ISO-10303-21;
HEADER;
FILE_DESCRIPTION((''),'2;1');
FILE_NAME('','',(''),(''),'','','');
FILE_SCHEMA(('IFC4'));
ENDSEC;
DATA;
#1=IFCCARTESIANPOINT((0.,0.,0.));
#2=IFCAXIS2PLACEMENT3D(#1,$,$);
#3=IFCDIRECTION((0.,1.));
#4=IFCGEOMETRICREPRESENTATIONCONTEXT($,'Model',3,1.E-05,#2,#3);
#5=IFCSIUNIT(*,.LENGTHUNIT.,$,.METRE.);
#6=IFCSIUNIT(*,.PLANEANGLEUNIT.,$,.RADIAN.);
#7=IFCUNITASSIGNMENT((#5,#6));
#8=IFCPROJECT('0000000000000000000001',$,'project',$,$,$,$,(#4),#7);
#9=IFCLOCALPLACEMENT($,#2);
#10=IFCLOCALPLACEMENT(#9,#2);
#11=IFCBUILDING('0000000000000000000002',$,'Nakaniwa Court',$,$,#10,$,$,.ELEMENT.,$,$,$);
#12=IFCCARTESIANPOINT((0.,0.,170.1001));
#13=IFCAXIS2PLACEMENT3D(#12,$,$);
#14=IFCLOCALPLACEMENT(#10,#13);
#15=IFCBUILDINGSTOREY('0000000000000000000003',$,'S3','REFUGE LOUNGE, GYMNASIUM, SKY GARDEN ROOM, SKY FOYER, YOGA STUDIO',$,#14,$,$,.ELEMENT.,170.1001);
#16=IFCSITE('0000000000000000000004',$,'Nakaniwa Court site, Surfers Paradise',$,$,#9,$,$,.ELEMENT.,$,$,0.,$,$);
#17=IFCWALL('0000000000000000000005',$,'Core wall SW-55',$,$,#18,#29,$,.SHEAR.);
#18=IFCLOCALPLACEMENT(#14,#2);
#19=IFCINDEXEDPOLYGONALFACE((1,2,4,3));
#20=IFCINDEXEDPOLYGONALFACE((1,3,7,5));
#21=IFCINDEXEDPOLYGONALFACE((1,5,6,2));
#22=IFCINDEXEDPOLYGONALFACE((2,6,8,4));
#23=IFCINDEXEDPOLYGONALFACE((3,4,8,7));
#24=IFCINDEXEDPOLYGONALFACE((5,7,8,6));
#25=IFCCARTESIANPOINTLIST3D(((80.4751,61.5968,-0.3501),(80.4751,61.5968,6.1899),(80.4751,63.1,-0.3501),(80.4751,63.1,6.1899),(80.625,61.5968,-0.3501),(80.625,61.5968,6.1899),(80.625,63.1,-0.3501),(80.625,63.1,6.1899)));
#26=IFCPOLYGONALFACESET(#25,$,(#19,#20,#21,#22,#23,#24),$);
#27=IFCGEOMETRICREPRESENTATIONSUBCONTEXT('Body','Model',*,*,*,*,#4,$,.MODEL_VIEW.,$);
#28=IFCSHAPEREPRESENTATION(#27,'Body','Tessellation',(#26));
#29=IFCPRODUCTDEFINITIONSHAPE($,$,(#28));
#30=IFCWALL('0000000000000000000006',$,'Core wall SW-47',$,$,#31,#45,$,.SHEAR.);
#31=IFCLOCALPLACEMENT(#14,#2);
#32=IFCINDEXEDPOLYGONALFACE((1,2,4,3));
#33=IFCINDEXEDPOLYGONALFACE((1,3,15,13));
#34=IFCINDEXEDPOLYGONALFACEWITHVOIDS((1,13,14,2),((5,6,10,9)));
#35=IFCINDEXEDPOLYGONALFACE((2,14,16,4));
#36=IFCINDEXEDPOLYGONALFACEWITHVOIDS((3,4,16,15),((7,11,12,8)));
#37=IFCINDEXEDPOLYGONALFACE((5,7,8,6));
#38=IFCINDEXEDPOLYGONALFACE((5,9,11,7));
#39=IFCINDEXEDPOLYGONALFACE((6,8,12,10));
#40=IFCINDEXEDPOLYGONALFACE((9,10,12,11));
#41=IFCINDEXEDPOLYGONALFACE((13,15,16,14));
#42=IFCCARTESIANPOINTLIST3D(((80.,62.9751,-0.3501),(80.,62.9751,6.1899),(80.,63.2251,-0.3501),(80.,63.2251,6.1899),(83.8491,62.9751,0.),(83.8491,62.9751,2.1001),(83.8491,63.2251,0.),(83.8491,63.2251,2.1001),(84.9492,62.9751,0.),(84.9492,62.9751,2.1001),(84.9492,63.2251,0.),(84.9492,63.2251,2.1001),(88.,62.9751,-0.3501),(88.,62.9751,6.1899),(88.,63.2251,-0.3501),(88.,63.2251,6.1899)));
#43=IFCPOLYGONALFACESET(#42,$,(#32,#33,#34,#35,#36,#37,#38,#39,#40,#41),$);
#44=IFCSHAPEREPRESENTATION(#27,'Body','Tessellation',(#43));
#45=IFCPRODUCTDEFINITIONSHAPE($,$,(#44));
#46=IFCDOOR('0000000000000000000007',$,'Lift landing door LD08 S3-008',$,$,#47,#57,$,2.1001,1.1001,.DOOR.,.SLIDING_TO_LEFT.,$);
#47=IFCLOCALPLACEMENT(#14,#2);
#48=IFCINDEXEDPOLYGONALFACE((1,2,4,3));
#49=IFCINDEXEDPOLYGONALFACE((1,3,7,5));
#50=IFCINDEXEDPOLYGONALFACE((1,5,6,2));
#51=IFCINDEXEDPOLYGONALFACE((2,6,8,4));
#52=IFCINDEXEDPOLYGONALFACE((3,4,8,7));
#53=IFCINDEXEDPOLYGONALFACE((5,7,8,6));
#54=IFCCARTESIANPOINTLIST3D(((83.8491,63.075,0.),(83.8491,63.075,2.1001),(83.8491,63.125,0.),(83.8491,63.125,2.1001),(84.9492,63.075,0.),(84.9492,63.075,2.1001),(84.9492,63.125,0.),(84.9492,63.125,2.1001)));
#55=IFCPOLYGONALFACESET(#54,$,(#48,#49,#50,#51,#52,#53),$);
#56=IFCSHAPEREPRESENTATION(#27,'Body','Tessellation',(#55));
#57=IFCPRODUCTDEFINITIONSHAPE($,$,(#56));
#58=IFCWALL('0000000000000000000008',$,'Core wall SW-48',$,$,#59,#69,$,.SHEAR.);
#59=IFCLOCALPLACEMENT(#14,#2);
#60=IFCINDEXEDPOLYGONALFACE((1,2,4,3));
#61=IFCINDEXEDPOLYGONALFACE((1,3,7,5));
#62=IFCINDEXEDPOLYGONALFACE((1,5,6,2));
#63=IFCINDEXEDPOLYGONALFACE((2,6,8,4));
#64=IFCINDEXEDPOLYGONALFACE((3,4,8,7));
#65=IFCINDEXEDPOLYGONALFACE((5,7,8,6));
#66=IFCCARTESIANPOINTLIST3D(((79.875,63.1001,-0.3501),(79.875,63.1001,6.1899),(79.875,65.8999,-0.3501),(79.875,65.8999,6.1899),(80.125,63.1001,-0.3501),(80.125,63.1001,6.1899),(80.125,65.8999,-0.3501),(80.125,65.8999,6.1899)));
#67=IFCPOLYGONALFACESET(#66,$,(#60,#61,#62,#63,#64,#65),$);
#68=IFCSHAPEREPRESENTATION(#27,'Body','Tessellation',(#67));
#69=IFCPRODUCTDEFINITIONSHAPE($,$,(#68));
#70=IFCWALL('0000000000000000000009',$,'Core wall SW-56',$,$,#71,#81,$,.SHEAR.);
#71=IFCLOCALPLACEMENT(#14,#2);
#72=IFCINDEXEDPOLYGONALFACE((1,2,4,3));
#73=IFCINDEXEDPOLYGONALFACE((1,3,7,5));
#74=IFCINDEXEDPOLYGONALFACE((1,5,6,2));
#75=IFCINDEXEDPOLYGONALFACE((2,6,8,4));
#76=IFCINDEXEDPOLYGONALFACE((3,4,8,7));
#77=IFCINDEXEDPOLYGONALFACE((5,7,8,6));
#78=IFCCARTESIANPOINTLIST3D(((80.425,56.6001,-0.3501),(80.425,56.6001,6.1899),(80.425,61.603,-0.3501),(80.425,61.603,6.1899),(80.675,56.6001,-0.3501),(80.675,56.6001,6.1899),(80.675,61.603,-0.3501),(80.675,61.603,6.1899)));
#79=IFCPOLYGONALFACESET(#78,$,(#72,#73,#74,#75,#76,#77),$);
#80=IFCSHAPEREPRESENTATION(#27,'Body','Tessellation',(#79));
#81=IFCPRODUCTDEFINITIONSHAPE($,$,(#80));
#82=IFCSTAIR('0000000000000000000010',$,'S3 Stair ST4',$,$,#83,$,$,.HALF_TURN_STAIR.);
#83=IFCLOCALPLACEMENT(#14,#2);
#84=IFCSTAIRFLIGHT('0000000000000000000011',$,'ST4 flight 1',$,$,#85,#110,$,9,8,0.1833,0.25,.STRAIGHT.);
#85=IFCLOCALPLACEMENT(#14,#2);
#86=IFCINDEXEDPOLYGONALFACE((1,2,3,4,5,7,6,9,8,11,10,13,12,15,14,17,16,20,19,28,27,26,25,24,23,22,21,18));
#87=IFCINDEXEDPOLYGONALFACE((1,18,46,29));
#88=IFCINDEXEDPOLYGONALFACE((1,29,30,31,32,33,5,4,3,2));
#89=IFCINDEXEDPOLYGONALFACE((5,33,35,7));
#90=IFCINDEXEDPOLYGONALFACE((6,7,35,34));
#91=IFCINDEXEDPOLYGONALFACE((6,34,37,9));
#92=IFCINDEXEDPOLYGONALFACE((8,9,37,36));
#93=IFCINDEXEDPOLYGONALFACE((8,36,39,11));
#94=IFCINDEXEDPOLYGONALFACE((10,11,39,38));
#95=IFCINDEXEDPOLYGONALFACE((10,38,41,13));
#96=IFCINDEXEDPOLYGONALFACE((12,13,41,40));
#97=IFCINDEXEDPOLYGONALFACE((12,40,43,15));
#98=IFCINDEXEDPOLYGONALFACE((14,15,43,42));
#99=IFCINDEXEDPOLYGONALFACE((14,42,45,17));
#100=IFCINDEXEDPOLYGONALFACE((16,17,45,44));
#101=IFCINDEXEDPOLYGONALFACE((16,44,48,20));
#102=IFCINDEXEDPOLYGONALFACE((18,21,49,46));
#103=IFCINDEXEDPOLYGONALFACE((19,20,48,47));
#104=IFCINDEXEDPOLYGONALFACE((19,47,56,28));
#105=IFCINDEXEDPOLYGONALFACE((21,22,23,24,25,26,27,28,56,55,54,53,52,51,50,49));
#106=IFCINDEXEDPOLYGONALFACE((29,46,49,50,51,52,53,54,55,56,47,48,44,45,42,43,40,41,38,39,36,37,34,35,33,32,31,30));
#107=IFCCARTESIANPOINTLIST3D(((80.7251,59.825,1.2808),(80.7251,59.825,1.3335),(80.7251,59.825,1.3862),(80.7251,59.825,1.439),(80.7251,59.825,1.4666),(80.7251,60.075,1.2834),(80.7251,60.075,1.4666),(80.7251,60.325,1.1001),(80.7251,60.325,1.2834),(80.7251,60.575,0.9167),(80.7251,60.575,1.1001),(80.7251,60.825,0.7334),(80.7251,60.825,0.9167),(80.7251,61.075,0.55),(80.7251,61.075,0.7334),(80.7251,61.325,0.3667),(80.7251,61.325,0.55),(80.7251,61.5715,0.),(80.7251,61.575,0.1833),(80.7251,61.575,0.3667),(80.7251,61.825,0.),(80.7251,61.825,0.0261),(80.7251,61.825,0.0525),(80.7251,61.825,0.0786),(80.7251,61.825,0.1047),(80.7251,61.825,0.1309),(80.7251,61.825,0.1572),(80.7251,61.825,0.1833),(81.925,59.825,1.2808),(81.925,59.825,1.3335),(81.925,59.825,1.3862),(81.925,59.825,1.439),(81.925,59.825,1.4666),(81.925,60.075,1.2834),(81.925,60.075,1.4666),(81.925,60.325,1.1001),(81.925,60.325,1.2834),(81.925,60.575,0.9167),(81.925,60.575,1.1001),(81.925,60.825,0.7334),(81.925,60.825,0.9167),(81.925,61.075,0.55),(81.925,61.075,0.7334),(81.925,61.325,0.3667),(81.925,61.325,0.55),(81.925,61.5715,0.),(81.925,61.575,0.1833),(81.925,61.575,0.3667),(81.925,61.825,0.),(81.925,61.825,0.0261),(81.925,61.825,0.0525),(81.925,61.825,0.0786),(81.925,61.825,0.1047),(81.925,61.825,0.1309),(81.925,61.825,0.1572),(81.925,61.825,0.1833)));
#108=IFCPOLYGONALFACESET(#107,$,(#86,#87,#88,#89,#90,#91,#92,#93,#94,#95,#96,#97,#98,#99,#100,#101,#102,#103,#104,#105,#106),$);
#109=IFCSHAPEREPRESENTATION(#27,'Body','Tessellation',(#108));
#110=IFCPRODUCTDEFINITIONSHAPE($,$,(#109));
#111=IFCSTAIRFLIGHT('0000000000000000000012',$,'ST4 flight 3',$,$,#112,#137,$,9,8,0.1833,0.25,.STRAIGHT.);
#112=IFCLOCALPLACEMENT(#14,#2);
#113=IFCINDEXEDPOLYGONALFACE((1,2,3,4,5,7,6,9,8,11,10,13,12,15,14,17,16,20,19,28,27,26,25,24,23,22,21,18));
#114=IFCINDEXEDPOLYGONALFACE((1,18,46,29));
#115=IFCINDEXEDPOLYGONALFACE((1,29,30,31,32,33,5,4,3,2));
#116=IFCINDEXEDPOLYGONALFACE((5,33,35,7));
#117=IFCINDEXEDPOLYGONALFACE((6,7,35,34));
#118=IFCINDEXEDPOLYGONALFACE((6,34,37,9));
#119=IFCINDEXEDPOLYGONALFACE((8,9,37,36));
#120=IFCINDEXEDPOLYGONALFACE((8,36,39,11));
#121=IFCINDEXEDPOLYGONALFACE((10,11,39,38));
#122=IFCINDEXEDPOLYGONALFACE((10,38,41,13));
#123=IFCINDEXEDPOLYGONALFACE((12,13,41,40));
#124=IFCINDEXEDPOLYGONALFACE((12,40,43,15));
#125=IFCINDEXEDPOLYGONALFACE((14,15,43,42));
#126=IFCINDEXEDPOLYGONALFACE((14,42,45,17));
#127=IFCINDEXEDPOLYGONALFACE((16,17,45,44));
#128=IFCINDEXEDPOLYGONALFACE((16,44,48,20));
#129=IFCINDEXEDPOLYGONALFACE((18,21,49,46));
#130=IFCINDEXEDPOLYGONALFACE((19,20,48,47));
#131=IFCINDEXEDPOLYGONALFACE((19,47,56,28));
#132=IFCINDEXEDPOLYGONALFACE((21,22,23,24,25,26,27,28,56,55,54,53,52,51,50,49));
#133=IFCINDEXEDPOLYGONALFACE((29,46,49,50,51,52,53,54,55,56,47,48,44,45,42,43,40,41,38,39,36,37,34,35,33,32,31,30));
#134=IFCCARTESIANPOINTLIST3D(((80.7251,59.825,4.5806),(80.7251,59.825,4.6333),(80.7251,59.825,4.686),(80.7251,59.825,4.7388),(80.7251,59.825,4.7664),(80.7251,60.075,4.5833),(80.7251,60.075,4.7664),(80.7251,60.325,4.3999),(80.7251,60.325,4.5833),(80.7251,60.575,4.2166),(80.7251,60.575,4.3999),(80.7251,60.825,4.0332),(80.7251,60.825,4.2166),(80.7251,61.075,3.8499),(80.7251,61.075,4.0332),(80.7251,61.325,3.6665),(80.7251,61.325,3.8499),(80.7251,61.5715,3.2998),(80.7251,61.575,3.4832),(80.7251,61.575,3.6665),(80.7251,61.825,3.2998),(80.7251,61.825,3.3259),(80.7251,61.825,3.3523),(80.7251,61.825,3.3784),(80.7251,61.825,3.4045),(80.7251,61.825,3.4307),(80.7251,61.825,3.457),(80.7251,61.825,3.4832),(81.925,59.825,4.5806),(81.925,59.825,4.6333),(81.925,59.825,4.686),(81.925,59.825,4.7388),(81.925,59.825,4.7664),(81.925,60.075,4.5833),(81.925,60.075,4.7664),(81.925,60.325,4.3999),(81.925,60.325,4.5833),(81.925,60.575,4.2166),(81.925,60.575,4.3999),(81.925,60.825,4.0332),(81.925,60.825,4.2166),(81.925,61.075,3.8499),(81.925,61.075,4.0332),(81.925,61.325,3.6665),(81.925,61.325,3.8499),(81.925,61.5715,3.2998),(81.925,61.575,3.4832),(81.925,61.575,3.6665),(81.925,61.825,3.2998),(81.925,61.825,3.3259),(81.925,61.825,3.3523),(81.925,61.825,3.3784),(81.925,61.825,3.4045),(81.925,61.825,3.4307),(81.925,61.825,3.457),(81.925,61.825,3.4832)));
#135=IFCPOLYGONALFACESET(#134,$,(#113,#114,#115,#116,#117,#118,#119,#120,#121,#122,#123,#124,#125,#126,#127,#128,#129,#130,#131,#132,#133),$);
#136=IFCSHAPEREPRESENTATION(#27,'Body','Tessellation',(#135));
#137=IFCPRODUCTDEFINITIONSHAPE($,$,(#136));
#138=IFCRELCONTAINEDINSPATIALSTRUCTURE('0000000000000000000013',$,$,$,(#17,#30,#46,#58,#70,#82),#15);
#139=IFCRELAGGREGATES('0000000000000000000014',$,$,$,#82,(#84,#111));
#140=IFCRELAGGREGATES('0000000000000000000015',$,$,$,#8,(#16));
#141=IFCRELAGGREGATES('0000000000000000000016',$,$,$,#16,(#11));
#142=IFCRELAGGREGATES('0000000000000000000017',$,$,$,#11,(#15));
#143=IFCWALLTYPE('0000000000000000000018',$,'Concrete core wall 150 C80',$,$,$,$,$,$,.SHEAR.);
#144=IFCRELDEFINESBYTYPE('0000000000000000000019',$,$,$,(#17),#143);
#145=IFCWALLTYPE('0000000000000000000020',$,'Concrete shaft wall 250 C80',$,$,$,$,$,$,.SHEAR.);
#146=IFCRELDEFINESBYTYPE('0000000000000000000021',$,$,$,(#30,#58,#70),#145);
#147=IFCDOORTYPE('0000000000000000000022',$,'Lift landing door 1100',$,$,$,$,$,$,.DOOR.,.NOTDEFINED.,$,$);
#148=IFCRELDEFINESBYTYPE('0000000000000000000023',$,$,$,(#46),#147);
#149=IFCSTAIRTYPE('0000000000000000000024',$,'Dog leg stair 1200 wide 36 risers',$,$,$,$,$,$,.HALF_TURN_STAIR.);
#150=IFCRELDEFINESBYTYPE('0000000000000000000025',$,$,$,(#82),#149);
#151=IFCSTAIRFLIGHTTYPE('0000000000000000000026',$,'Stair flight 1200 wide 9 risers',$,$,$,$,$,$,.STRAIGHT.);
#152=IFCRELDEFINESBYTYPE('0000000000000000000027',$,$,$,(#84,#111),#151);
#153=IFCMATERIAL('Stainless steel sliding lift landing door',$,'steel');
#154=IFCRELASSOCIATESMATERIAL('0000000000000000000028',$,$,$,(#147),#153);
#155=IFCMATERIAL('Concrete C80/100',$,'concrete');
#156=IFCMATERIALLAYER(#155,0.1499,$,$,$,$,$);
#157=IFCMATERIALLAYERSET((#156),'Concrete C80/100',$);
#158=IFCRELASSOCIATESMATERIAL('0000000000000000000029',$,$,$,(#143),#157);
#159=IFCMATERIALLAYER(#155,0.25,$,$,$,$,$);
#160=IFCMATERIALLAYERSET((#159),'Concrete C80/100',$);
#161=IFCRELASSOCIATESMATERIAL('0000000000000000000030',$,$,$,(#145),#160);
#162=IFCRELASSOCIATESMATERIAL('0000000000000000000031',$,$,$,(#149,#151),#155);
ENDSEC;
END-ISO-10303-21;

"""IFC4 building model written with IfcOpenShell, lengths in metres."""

from ifc_helpers import new_model, si_unit, direction, frame, frame_2d, origin, place, context, subcontext, project, spatial, polyline, rectangle, outline, extrude, material, layer, layer_set, type_object, element, fill, aggregate, save


model = new_model("IFC4")

# Units and contexts
model_context = context("Model", 3, precision=1e-05, world=origin(), true_north=direction((0.0, 1.0)))
body_context = subcontext(model_context, "Body", "Model", "MODEL_VIEW")
ifc_project = project(units=[si_unit("LENGTHUNIT", "METRE"), si_unit("PLANEANGLEUNIT", "RADIAN")], contexts=[model_context])

# Site, building, storey
site_placement = place(None, origin())
site = spatial("IfcSite", under=ifc_project, at=site_placement, Name="Nakaniwa Court site, Surfers Paradise", CompositionType="ELEMENT", RefElevation=0.0)
building_placement = place(site_placement, origin())
building = spatial("IfcBuilding", under=site, at=building_placement, Name="Nakaniwa Court", CompositionType="ELEMENT")
storey_placement = place(building_placement, frame((0.0, 0.0, 170.1001)))
storey = spatial("IfcBuildingStorey", under=building, at=storey_placement, Name="S3", Description="REFUGE LOUNGE, GYMNASIUM, SKY GARDEN ROOM, SKY FOYER, YOGA STUDIO", CompositionType="ELEMENT", Elevation=170.1001)

# Shared definitions
ifc_material_1 = material(Name="Concrete C80/100", Category="concrete")

# Shared definitions
ifc_material_2 = material(Name="Stainless steel sliding lift landing door", Category="steel")
door_type_1 = type_object("IfcDoorType", Name="Lift landing door 1100", OperationType="NOTDEFINED", PredefinedType="DOOR", material=ifc_material_2)

# Wall
ifc_layer_1 = layer(ifc_material_1, 0.1499)
ifc_layer_set_1 = layer_set([ifc_layer_1], Name="Concrete C80/100")
wall_type_1 = type_object("IfcWallType", Name="Concrete core wall 150 C80", PredefinedType="SHEAR", material=ifc_layer_set_1)
wall_1_placement = place(storey_placement, frame((80.55, 61.5969, -0.3501), z_axis=(0.0, 0.0, 1.0), x_axis=(0.0, 1.0, 0.0)))
element("IfcWall", 1, at=wall_1_placement, inside=storey, type_object=wall_type_1, Name="Core wall SW-55", PredefinedType="SHEAR", context=body_context, shape_type="SweptSolid", body=[
    extrude(rectangle(XDim=1.5032, YDim=0.1499, at=frame_2d((0.7515, 0.0))), origin(), (0.0, 0.0, 1.0), 6.54),
])

# Wall, opening, door
ifc_layer_2 = layer(ifc_material_1, 0.25)
ifc_layer_set_2 = layer_set([ifc_layer_2], Name="Concrete C80/100")
wall_type_2 = type_object("IfcWallType", Name="Concrete shaft wall 250 C80", PredefinedType="SHEAR", material=ifc_layer_set_2)
wall_2_placement = place(storey_placement, frame((80.0, 63.1001, -0.3501), z_axis=(0.0, 0.0, 1.0), x_axis=(1.0, 0.0, 0.0)))
wall_2 = element("IfcWall", 2, at=wall_2_placement, inside=storey, type_object=wall_type_2, Name="Core wall SW-47", PredefinedType="SHEAR", context=body_context, shape_type="SweptSolid", body=[
    extrude(rectangle(XDim=8.0, YDim=0.25, at=frame_2d((4.0, 0.0))), origin(), (0.0, 0.0, 1.0), 6.54),
])
opening_1_placement = place(wall_2_placement, frame((3.8491, 0.0, 0.3501)))
opening_1 = element("IfcOpeningElement", 3, at=opening_1_placement, cuts=wall_2, PredefinedType="OPENING", context=body_context, shape_type="SweptSolid", body=[
    extrude(rectangle(XDim=1.1001, YDim=2.1001, at=frame_2d((0.55, 1.05))), frame((0.0, 0.135, 0.0), z_axis=(0.0, -1.0, 0.0), x_axis=(1.0, 0.0, 0.0)), (0.0, 0.0, 1.0), 0.27),
])
door_1_placement = place(opening_1_placement, origin())
door_1 = element("IfcDoor", 4, at=door_1_placement, inside=storey, type_object=door_type_1, Name="Lift landing door LD08 S3-008", OperationType="SLIDING_TO_LEFT", OverallHeight=2.1001, OverallWidth=1.1001, PredefinedType="DOOR", context=body_context, shape_type="SweptSolid", body=[
    extrude(rectangle(XDim=1.1001, YDim=2.1001, at=frame_2d((0.55, 1.05))), frame((0.0, 0.0249, 0.0), z_axis=(0.0, -1.0, 0.0), x_axis=(1.0, 0.0, 0.0)), (0.0, 0.0, 1.0), 0.05),
])
fill(opening_1, door_1)

# Walls
wall_3_placement = place(storey_placement, frame((80.0, 63.1001, -0.3501), z_axis=(0.0, 0.0, 1.0), x_axis=(0.0, 1.0, 0.0)))
element("IfcWall", 5, at=wall_3_placement, inside=storey, type_object=wall_type_2, Name="Core wall SW-48", PredefinedType="SHEAR", context=body_context, shape_type="SweptSolid", body=[
    extrude(rectangle(XDim=2.7998, YDim=0.25, at=frame_2d((1.3999, 0.0))), origin(), (0.0, 0.0, 1.0), 6.54),
])
wall_4_placement = place(storey_placement, frame((80.55, 56.6001, -0.3501), z_axis=(0.0, 0.0, 1.0), x_axis=(0.0, 1.0, 0.0)))
element("IfcWall", 6, at=wall_4_placement, inside=storey, type_object=wall_type_2, Name="Core wall SW-56", PredefinedType="SHEAR", context=body_context, shape_type="SweptSolid", body=[
    extrude(rectangle(XDim=5.0029, YDim=0.25, at=frame_2d((2.5015, 0.0))), origin(), (0.0, 0.0, 1.0), 6.54),
])

# Stair, stair flights
stair_type = type_object("IfcStairType", Name="Dog leg stair 1200 wide 36 risers", PredefinedType="HALF_TURN_STAIR", material=ifc_material_1)
stair_placement = place(storey_placement, origin())
stair = element("IfcStair", 7, at=stair_placement, inside=storey, type_object=stair_type, Name="S3 Stair ST4", PredefinedType="HALF_TURN_STAIR")
stair_flight_type = type_object("IfcStairFlightType", Name="Stair flight 1200 wide 9 risers", PredefinedType="STRAIGHT", material=ifc_material_1)
stair_flight_1_placement = place(storey_placement, frame((81.325, 61.825, 0.0), z_axis=(0.0, 0.0, 1.0), x_axis=(0.0, -1.0, 0.0)))
stair_flight_1 = element("IfcStairFlight", 8, at=stair_flight_1_placement, type_object=stair_flight_type, Name="ST4 flight 1", NumberOfRisers=9, NumberOfTreads=8, PredefinedType="STRAIGHT", RiserHeight=0.1833, TreadLength=0.25, context=body_context, shape_type="SweptSolid", body=[
    extrude(outline(polyline([(0.0, 0.0), (0.0, 0.0261), (0.0, 0.0525), (0.0, 0.0786), (0.0, 0.1047), (0.0, 0.1309), (0.0, 0.1572), (0.0, 0.1833), (0.25, 0.1833), (0.25, 0.3667), (0.5, 0.3667), (0.5, 0.55), (0.75, 0.55), (0.75, 0.7334), (1.0, 0.7334), (1.0, 0.9167), (1.25, 0.9167), (1.25, 1.1001), (1.5, 1.1001), (1.5, 1.2834), (1.75, 1.2834), (1.75, 1.4666), (2.0, 1.4666), (2.0, 1.6499), (2.0, 1.5972), (2.0, 1.5444), (2.0, 1.4917), (2.0, 1.439), (2.0, 1.3862), (2.0, 1.3335), (2.0, 1.2808), (0.2534, 0.0), (0.0, 0.0)])), frame((0.0, 0.6001, 0.0), z_axis=(0.0, -1.0, 0.0), x_axis=(1.0, 0.0, 0.0)), (0.0, 0.0, 1.0), 1.2),
])
stair_flight_2_placement = place(storey_placement, frame((81.325, 61.825, 3.2998), z_axis=(0.0, 0.0, 1.0), x_axis=(0.0, -1.0, 0.0)))
stair_flight_2 = element("IfcStairFlight", 9, at=stair_flight_2_placement, type_object=stair_flight_type, Name="ST4 flight 3", NumberOfRisers=9, NumberOfTreads=8, PredefinedType="STRAIGHT", RiserHeight=0.1833, TreadLength=0.25, context=body_context, shape_type="SweptSolid", body=[
    extrude(outline(polyline([(0.0, 0.0), (0.0, 0.0261), (0.0, 0.0525), (0.0, 0.0786), (0.0, 0.1047), (0.0, 0.1309), (0.0, 0.1572), (0.0, 0.1833), (0.25, 0.1833), (0.25, 0.3667), (0.5, 0.3667), (0.5, 0.55), (0.75, 0.55), (0.75, 0.7334), (1.0, 0.7334), (1.0, 0.9167), (1.25, 0.9167), (1.25, 1.1001), (1.5, 1.1001), (1.5, 1.2834), (1.75, 1.2834), (1.75, 1.4666), (2.0, 1.4666), (2.0, 1.6499), (2.0, 1.5972), (2.0, 1.5444), (2.0, 1.4917), (2.0, 1.439), (2.0, 1.3862), (2.0, 1.3335), (2.0, 1.2808), (0.2534, 0.0), (0.0, 0.0)])), frame((0.0, 0.6001, 0.0), z_axis=(0.0, -1.0, 0.0), x_axis=(1.0, 0.0, 0.0)), (0.0, 0.0, 1.0), 1.2),
])
aggregate(stair, [stair_flight_1, stair_flight_2])

save(model, "model.ifc")
